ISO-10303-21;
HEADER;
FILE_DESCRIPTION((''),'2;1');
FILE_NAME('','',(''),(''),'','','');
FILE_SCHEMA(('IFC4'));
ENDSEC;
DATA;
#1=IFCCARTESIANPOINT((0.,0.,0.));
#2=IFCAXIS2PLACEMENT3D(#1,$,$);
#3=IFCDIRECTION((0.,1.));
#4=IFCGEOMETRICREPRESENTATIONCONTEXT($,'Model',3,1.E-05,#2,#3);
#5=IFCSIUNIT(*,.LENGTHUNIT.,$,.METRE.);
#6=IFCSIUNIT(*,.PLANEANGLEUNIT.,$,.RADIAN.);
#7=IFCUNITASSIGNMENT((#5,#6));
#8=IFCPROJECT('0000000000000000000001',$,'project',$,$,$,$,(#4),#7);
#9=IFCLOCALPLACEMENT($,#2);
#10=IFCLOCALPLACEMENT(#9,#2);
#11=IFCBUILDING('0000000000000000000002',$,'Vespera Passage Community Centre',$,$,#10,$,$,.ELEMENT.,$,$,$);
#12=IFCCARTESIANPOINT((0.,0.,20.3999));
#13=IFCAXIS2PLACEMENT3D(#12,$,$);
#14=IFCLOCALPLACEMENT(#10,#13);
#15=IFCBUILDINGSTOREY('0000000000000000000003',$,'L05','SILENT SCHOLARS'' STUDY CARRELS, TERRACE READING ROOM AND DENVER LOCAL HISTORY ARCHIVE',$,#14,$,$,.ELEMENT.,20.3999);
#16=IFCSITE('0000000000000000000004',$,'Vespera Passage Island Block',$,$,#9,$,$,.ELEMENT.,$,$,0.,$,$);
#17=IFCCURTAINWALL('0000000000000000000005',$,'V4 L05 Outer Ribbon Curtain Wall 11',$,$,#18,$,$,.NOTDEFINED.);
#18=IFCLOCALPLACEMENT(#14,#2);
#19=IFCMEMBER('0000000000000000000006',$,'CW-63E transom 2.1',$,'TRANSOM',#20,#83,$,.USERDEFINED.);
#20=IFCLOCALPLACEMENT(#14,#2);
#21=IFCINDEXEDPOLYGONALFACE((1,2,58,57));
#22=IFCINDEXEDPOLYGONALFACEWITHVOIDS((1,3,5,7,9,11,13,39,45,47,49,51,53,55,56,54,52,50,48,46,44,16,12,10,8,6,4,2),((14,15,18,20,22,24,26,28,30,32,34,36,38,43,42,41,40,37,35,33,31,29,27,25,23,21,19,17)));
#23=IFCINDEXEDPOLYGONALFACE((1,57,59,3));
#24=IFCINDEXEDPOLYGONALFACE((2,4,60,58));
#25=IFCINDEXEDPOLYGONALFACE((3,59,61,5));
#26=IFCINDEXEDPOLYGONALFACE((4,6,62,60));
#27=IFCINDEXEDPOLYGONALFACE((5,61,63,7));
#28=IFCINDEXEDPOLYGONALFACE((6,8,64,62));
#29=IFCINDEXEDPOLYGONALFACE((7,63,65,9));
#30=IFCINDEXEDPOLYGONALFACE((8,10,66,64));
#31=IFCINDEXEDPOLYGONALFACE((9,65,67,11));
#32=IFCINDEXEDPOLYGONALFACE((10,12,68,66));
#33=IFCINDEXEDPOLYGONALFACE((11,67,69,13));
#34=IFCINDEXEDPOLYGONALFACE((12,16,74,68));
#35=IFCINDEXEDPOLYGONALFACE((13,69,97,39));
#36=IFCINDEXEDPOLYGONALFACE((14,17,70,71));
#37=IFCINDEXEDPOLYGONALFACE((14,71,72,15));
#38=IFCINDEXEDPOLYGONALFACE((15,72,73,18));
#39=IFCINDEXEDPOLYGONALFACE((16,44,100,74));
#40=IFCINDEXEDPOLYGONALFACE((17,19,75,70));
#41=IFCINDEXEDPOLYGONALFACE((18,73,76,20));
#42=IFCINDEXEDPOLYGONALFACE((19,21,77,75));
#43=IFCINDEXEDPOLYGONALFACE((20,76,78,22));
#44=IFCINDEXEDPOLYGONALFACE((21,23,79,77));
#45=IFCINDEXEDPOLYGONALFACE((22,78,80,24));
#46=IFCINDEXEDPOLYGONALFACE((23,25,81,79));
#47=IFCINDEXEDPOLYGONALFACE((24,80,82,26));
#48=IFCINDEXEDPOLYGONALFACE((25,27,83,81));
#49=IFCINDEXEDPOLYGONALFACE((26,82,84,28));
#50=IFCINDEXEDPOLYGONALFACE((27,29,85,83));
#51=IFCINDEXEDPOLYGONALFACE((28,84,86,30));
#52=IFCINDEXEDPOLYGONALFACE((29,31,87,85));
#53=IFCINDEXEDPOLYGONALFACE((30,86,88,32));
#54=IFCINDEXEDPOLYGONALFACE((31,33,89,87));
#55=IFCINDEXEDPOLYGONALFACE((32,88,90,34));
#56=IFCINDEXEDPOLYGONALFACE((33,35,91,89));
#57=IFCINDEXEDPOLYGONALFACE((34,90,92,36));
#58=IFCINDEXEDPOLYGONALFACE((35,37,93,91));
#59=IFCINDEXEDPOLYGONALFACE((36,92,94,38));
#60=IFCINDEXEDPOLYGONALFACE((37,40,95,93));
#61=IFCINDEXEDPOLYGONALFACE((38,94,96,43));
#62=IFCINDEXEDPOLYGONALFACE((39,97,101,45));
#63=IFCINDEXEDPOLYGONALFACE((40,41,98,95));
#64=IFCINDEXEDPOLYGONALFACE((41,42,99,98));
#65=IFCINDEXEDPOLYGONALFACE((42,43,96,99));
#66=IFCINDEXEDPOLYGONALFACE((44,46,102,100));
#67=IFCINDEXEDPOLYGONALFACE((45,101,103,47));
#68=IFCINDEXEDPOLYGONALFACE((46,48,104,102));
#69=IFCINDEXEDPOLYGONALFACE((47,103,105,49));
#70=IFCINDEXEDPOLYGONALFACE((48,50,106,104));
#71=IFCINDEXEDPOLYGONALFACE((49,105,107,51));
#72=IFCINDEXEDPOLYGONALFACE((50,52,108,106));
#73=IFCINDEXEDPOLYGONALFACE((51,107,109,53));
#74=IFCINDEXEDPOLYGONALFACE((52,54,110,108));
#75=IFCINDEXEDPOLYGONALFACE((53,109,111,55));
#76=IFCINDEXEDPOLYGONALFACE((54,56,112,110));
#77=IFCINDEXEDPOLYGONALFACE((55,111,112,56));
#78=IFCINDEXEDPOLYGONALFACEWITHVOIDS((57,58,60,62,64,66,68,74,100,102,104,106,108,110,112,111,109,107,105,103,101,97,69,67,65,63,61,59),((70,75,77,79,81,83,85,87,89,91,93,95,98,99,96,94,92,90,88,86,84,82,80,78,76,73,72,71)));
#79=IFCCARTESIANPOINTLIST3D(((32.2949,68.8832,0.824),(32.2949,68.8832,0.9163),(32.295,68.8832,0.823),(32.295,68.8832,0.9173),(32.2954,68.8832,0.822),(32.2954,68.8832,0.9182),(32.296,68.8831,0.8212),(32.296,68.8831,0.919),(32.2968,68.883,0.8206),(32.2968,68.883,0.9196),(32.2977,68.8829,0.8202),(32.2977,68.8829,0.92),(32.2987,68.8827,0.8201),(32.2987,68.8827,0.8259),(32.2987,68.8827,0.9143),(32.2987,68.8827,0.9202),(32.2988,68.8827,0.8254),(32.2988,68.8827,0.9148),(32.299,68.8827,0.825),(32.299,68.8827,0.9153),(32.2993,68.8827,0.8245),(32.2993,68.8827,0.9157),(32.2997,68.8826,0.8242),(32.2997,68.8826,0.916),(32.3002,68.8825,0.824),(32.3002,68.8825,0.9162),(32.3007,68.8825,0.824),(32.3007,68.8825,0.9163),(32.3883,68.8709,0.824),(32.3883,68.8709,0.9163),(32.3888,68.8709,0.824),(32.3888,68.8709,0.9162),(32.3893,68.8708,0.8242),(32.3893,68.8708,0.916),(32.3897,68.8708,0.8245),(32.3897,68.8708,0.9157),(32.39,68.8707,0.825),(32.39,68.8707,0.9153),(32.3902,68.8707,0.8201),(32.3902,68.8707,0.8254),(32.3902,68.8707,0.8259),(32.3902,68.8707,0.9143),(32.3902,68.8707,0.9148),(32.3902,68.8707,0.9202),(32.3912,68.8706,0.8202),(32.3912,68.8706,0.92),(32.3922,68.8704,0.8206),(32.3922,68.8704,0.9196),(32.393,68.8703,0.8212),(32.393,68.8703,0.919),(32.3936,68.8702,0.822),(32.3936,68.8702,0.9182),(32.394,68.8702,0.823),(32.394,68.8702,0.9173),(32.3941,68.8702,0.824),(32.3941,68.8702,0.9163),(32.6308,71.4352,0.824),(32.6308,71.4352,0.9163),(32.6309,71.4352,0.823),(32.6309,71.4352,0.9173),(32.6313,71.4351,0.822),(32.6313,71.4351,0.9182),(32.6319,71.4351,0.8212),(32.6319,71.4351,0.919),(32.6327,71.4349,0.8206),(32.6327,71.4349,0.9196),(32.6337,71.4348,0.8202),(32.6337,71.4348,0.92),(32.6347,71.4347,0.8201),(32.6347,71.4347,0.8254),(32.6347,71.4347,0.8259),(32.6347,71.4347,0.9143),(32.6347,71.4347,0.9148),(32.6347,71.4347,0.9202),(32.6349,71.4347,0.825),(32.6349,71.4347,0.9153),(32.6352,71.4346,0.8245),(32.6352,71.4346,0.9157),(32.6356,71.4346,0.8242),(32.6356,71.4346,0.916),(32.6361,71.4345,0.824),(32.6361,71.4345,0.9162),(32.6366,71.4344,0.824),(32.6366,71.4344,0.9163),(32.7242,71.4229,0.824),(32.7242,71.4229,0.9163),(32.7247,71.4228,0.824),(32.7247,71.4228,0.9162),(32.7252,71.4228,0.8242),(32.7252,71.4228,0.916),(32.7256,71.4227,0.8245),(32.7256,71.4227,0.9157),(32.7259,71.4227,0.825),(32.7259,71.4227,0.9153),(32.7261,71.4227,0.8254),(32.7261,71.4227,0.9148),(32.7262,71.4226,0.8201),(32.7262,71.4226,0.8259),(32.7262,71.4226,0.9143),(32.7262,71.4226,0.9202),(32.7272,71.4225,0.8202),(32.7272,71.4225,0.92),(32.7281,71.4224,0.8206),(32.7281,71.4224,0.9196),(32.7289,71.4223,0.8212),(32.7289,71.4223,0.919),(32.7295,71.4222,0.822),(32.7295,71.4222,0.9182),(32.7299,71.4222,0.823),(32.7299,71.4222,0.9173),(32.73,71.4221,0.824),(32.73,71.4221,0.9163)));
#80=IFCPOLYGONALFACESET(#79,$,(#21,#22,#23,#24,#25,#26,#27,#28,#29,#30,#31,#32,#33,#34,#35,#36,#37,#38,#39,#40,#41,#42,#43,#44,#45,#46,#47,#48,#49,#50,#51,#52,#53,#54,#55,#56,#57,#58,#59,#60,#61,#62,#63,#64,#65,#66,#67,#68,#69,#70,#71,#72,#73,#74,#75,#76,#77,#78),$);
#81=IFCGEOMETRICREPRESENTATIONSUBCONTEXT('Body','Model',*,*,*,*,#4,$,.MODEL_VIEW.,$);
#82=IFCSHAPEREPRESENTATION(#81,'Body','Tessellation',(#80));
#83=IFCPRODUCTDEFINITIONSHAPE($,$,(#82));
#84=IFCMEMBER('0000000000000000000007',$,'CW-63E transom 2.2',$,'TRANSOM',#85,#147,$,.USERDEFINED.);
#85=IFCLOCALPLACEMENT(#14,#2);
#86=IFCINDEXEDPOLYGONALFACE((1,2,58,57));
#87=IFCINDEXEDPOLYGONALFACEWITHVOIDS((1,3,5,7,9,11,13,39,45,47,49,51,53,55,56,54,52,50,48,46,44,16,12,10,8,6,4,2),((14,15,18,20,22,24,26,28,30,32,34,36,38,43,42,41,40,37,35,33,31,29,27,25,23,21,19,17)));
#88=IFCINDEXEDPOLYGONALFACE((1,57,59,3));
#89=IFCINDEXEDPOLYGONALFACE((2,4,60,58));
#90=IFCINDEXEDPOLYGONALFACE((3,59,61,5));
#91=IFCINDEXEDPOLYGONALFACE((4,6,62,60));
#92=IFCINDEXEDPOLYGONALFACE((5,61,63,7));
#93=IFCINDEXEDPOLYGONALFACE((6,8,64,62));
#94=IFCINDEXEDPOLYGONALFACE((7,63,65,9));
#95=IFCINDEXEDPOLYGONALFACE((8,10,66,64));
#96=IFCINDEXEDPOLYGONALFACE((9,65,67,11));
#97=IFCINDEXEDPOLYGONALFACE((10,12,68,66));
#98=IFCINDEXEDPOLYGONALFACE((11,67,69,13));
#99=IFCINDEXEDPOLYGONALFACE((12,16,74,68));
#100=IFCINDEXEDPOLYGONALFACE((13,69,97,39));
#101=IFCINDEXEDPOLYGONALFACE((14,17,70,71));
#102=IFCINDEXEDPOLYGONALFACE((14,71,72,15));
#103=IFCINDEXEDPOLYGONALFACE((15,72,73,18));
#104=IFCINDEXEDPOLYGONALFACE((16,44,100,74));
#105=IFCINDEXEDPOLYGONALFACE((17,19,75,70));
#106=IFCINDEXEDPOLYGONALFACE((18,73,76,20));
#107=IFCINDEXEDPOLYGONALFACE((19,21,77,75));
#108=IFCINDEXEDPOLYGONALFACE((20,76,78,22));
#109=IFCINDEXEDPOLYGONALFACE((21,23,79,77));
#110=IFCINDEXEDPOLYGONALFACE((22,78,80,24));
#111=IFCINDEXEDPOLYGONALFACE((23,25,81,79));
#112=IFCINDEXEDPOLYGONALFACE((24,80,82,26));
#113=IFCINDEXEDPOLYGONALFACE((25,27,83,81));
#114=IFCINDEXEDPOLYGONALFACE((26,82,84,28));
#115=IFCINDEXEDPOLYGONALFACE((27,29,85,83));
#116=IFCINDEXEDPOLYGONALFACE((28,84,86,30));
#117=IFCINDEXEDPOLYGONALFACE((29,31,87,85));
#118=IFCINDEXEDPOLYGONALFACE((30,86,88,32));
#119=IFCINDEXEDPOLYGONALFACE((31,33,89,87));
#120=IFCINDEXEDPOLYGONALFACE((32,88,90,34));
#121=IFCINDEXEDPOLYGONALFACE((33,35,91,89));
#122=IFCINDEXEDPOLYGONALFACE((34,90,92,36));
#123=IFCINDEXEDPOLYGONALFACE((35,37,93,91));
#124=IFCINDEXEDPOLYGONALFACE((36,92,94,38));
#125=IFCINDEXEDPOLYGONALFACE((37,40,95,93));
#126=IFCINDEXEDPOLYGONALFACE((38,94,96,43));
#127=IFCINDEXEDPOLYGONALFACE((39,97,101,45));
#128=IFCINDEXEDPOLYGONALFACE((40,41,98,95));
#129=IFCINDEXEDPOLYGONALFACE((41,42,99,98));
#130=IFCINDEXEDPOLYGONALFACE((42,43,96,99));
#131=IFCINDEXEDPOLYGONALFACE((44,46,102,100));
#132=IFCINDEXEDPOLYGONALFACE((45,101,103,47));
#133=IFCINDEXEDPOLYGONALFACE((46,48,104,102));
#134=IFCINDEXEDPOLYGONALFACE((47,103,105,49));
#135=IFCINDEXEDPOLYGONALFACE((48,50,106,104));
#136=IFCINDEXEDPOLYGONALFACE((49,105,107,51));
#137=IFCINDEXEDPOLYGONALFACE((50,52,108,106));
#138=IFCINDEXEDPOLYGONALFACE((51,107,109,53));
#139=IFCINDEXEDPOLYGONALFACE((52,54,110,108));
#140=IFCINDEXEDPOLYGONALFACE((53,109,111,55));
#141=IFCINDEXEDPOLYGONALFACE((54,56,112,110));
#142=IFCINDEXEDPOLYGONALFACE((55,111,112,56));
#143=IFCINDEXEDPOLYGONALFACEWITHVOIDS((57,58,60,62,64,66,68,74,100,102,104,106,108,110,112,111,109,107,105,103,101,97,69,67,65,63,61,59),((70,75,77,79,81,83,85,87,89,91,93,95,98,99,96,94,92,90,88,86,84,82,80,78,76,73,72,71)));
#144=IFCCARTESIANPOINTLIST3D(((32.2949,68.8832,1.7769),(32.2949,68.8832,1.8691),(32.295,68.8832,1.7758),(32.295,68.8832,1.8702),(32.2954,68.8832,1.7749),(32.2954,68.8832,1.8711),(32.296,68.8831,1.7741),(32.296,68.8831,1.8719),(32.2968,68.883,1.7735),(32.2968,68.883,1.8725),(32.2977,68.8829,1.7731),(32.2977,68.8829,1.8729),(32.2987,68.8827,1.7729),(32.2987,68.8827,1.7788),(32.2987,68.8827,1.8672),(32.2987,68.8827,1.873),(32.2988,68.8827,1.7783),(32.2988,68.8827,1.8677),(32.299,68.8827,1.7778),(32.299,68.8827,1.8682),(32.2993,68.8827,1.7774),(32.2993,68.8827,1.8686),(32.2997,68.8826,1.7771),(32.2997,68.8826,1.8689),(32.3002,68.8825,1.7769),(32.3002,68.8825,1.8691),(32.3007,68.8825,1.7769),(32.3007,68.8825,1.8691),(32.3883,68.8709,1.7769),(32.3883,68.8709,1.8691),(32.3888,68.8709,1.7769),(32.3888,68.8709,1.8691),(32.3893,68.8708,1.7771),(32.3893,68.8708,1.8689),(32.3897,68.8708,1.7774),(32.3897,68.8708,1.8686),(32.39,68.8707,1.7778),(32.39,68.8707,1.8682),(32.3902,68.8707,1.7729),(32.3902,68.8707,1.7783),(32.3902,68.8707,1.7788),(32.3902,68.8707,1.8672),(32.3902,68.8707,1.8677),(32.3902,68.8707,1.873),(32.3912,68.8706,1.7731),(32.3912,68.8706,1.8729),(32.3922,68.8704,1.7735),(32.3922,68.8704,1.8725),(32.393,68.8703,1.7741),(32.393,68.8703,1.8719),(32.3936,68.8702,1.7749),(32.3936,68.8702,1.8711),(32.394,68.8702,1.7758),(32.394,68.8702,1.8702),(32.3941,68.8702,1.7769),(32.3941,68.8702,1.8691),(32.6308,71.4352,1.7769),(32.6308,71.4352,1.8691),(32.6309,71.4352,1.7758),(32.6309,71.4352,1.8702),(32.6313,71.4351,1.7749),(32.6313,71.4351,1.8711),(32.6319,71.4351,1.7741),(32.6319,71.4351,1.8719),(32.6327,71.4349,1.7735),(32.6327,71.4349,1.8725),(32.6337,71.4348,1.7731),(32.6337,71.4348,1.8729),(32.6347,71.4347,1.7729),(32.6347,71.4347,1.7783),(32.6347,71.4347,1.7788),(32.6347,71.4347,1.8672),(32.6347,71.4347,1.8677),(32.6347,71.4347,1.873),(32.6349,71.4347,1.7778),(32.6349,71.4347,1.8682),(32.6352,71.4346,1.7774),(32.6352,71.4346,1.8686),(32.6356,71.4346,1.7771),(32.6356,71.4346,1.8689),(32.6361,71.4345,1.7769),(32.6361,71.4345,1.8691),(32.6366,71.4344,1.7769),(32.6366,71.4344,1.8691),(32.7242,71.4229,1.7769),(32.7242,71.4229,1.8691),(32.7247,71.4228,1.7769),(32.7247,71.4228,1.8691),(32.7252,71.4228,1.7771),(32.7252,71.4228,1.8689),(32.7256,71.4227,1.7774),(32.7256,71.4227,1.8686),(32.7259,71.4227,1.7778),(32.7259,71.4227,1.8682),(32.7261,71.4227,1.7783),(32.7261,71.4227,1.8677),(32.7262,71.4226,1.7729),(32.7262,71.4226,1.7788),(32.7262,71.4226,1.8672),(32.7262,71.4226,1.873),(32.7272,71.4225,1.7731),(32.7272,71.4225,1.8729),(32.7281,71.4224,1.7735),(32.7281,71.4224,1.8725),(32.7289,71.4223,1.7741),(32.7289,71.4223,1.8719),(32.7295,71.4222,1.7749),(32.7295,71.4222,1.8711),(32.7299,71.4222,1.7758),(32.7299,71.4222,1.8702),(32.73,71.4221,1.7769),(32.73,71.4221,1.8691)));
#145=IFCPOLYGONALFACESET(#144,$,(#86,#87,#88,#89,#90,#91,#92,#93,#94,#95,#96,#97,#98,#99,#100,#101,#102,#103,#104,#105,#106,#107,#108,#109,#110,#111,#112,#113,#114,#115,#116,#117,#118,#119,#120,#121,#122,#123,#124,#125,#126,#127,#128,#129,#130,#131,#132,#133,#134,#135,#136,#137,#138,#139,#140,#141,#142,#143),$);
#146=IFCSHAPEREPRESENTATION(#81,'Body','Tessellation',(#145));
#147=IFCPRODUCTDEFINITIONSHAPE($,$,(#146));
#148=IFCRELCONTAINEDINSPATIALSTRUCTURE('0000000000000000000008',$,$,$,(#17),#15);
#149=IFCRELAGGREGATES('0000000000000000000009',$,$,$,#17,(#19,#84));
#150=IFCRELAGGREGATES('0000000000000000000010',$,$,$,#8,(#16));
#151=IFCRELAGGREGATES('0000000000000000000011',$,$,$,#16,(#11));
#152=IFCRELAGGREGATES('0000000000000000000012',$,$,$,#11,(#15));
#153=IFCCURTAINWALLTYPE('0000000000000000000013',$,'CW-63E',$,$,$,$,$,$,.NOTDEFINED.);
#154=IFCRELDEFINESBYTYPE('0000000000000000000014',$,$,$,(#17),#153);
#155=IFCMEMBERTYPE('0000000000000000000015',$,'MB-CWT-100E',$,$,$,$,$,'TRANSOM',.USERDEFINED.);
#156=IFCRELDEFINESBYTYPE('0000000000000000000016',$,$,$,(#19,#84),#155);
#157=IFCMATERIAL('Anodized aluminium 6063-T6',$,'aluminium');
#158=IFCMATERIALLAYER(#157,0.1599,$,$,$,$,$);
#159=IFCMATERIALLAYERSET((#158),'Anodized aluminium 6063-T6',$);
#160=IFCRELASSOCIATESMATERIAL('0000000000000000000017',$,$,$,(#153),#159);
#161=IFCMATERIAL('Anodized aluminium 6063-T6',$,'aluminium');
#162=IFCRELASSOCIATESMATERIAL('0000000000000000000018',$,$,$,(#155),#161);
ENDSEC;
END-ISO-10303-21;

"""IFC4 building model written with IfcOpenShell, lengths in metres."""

from ifc_helpers import new_model, si_unit, direction, frame, origin, origin_2d, place, context, subcontext, project, spatial, hollow_rectangle, extrude, material, layer, layer_set, material_profile, profile_set, type_object, element, aggregate, save


model = new_model("IFC4")

# Units and contexts
model_context = context("Model", 3, precision=1e-05, world=origin(), true_north=direction((0.0, 1.0)))
body_context = subcontext(model_context, "Body", "Model", "MODEL_VIEW")
ifc_project = project(units=[si_unit("LENGTHUNIT", "METRE"), si_unit("PLANEANGLEUNIT", "RADIAN")], contexts=[model_context])

# Site, building, storey
site_placement = place(None, origin())
site = spatial("IfcSite", under=ifc_project, at=site_placement, Name="Vespera Passage Island Block", CompositionType="ELEMENT", RefElevation=0.0)
building_placement = place(site_placement, origin())
building = spatial("IfcBuilding", under=site, at=building_placement, Name="Vespera Passage Community Centre", CompositionType="ELEMENT")
storey_placement = place(building_placement, frame((0.0, 0.0, 20.3999)))
storey = spatial("IfcBuildingStorey", under=building, at=storey_placement, Name="L05", Description="SILENT SCHOLARS' STUDY CARRELS, TERRACE READING ROOM AND DENVER LOCAL HISTORY ARCHIVE", CompositionType="ELEMENT", Elevation=20.3999)

# Curtain wall, members
ifc_material_1 = material(Name="Anodized aluminium 6063-T6", Category="aluminium")
ifc_layer_1 = layer(ifc_material_1, 0.1599)
ifc_layer_set_1 = layer_set([ifc_layer_1], Name="Anodized aluminium 6063-T6")
curtain_wall_type = type_object("IfcCurtainWallType", Name="CW-63E", PredefinedType="NOTDEFINED", material=ifc_layer_set_1)
curtain_wall_placement = place(storey_placement, origin())
curtain_wall = element("IfcCurtainWall", 1, at=curtain_wall_placement, inside=storey, type_object=curtain_wall_type, Name="V4 L05 Outer Ribbon Curtain Wall 11", PredefinedType="NOTDEFINED")
ifc_material_2 = material(Name="Anodized aluminium 6063-T6", Category="aluminium")
ifc_material_profile_1 = material_profile(ifc_material_2, hollow_rectangle(XDim=0.1001, YDim=0.1001, WallThickness=0.0039, InnerFilletRadius=0.002, OuterFilletRadius=0.0039, at=origin_2d()), Name="ALU100X100X4")
ifc_profile_set_1 = profile_set([ifc_material_profile_1], Name="Anodized aluminium 6063-T6")
member_type_1 = type_object("IfcMemberType", Name="MB-CWT-100E", ElementType="TRANSOM", PredefinedType="USERDEFINED", material=ifc_profile_set_1)
member_1_placement = place(storey_placement, frame((32.3445, 68.8767, 0.8701), z_axis=(0.130511, 0.991447, 0.0), x_axis=(-0.991447, 0.130511, 0.0)))
member_1 = element("IfcMember", 2, at=member_1_placement, type_object=member_type_1, Name="CW-63E transom 2.1", ObjectType="TRANSOM", PredefinedType="USERDEFINED", context=body_context, shape_type="SweptSolid", body=[
    extrude(hollow_rectangle(XDim=0.1001, YDim=0.1001, WallThickness=0.0039, InnerFilletRadius=0.002, OuterFilletRadius=0.0039, at=origin_2d()), origin(), (0.0, 0.0, 1.0), 2.574),
])
member_2_placement = place(storey_placement, frame((32.3445, 68.8767, 1.823), z_axis=(0.130511, 0.991447, 0.0), x_axis=(-0.991447, 0.130511, 0.0)))
member_2 = element("IfcMember", 3, at=member_2_placement, type_object=member_type_1, Name="CW-63E transom 2.2", ObjectType="TRANSOM", PredefinedType="USERDEFINED", context=body_context, shape_type="SweptSolid", body=[
    extrude(hollow_rectangle(XDim=0.1001, YDim=0.1001, WallThickness=0.0039, InnerFilletRadius=0.002, OuterFilletRadius=0.0039, at=origin_2d()), origin(), (0.0, 0.0, 1.0), 2.574),
])
aggregate(curtain_wall, [member_1, member_2])

save(model, "model.ifc")
